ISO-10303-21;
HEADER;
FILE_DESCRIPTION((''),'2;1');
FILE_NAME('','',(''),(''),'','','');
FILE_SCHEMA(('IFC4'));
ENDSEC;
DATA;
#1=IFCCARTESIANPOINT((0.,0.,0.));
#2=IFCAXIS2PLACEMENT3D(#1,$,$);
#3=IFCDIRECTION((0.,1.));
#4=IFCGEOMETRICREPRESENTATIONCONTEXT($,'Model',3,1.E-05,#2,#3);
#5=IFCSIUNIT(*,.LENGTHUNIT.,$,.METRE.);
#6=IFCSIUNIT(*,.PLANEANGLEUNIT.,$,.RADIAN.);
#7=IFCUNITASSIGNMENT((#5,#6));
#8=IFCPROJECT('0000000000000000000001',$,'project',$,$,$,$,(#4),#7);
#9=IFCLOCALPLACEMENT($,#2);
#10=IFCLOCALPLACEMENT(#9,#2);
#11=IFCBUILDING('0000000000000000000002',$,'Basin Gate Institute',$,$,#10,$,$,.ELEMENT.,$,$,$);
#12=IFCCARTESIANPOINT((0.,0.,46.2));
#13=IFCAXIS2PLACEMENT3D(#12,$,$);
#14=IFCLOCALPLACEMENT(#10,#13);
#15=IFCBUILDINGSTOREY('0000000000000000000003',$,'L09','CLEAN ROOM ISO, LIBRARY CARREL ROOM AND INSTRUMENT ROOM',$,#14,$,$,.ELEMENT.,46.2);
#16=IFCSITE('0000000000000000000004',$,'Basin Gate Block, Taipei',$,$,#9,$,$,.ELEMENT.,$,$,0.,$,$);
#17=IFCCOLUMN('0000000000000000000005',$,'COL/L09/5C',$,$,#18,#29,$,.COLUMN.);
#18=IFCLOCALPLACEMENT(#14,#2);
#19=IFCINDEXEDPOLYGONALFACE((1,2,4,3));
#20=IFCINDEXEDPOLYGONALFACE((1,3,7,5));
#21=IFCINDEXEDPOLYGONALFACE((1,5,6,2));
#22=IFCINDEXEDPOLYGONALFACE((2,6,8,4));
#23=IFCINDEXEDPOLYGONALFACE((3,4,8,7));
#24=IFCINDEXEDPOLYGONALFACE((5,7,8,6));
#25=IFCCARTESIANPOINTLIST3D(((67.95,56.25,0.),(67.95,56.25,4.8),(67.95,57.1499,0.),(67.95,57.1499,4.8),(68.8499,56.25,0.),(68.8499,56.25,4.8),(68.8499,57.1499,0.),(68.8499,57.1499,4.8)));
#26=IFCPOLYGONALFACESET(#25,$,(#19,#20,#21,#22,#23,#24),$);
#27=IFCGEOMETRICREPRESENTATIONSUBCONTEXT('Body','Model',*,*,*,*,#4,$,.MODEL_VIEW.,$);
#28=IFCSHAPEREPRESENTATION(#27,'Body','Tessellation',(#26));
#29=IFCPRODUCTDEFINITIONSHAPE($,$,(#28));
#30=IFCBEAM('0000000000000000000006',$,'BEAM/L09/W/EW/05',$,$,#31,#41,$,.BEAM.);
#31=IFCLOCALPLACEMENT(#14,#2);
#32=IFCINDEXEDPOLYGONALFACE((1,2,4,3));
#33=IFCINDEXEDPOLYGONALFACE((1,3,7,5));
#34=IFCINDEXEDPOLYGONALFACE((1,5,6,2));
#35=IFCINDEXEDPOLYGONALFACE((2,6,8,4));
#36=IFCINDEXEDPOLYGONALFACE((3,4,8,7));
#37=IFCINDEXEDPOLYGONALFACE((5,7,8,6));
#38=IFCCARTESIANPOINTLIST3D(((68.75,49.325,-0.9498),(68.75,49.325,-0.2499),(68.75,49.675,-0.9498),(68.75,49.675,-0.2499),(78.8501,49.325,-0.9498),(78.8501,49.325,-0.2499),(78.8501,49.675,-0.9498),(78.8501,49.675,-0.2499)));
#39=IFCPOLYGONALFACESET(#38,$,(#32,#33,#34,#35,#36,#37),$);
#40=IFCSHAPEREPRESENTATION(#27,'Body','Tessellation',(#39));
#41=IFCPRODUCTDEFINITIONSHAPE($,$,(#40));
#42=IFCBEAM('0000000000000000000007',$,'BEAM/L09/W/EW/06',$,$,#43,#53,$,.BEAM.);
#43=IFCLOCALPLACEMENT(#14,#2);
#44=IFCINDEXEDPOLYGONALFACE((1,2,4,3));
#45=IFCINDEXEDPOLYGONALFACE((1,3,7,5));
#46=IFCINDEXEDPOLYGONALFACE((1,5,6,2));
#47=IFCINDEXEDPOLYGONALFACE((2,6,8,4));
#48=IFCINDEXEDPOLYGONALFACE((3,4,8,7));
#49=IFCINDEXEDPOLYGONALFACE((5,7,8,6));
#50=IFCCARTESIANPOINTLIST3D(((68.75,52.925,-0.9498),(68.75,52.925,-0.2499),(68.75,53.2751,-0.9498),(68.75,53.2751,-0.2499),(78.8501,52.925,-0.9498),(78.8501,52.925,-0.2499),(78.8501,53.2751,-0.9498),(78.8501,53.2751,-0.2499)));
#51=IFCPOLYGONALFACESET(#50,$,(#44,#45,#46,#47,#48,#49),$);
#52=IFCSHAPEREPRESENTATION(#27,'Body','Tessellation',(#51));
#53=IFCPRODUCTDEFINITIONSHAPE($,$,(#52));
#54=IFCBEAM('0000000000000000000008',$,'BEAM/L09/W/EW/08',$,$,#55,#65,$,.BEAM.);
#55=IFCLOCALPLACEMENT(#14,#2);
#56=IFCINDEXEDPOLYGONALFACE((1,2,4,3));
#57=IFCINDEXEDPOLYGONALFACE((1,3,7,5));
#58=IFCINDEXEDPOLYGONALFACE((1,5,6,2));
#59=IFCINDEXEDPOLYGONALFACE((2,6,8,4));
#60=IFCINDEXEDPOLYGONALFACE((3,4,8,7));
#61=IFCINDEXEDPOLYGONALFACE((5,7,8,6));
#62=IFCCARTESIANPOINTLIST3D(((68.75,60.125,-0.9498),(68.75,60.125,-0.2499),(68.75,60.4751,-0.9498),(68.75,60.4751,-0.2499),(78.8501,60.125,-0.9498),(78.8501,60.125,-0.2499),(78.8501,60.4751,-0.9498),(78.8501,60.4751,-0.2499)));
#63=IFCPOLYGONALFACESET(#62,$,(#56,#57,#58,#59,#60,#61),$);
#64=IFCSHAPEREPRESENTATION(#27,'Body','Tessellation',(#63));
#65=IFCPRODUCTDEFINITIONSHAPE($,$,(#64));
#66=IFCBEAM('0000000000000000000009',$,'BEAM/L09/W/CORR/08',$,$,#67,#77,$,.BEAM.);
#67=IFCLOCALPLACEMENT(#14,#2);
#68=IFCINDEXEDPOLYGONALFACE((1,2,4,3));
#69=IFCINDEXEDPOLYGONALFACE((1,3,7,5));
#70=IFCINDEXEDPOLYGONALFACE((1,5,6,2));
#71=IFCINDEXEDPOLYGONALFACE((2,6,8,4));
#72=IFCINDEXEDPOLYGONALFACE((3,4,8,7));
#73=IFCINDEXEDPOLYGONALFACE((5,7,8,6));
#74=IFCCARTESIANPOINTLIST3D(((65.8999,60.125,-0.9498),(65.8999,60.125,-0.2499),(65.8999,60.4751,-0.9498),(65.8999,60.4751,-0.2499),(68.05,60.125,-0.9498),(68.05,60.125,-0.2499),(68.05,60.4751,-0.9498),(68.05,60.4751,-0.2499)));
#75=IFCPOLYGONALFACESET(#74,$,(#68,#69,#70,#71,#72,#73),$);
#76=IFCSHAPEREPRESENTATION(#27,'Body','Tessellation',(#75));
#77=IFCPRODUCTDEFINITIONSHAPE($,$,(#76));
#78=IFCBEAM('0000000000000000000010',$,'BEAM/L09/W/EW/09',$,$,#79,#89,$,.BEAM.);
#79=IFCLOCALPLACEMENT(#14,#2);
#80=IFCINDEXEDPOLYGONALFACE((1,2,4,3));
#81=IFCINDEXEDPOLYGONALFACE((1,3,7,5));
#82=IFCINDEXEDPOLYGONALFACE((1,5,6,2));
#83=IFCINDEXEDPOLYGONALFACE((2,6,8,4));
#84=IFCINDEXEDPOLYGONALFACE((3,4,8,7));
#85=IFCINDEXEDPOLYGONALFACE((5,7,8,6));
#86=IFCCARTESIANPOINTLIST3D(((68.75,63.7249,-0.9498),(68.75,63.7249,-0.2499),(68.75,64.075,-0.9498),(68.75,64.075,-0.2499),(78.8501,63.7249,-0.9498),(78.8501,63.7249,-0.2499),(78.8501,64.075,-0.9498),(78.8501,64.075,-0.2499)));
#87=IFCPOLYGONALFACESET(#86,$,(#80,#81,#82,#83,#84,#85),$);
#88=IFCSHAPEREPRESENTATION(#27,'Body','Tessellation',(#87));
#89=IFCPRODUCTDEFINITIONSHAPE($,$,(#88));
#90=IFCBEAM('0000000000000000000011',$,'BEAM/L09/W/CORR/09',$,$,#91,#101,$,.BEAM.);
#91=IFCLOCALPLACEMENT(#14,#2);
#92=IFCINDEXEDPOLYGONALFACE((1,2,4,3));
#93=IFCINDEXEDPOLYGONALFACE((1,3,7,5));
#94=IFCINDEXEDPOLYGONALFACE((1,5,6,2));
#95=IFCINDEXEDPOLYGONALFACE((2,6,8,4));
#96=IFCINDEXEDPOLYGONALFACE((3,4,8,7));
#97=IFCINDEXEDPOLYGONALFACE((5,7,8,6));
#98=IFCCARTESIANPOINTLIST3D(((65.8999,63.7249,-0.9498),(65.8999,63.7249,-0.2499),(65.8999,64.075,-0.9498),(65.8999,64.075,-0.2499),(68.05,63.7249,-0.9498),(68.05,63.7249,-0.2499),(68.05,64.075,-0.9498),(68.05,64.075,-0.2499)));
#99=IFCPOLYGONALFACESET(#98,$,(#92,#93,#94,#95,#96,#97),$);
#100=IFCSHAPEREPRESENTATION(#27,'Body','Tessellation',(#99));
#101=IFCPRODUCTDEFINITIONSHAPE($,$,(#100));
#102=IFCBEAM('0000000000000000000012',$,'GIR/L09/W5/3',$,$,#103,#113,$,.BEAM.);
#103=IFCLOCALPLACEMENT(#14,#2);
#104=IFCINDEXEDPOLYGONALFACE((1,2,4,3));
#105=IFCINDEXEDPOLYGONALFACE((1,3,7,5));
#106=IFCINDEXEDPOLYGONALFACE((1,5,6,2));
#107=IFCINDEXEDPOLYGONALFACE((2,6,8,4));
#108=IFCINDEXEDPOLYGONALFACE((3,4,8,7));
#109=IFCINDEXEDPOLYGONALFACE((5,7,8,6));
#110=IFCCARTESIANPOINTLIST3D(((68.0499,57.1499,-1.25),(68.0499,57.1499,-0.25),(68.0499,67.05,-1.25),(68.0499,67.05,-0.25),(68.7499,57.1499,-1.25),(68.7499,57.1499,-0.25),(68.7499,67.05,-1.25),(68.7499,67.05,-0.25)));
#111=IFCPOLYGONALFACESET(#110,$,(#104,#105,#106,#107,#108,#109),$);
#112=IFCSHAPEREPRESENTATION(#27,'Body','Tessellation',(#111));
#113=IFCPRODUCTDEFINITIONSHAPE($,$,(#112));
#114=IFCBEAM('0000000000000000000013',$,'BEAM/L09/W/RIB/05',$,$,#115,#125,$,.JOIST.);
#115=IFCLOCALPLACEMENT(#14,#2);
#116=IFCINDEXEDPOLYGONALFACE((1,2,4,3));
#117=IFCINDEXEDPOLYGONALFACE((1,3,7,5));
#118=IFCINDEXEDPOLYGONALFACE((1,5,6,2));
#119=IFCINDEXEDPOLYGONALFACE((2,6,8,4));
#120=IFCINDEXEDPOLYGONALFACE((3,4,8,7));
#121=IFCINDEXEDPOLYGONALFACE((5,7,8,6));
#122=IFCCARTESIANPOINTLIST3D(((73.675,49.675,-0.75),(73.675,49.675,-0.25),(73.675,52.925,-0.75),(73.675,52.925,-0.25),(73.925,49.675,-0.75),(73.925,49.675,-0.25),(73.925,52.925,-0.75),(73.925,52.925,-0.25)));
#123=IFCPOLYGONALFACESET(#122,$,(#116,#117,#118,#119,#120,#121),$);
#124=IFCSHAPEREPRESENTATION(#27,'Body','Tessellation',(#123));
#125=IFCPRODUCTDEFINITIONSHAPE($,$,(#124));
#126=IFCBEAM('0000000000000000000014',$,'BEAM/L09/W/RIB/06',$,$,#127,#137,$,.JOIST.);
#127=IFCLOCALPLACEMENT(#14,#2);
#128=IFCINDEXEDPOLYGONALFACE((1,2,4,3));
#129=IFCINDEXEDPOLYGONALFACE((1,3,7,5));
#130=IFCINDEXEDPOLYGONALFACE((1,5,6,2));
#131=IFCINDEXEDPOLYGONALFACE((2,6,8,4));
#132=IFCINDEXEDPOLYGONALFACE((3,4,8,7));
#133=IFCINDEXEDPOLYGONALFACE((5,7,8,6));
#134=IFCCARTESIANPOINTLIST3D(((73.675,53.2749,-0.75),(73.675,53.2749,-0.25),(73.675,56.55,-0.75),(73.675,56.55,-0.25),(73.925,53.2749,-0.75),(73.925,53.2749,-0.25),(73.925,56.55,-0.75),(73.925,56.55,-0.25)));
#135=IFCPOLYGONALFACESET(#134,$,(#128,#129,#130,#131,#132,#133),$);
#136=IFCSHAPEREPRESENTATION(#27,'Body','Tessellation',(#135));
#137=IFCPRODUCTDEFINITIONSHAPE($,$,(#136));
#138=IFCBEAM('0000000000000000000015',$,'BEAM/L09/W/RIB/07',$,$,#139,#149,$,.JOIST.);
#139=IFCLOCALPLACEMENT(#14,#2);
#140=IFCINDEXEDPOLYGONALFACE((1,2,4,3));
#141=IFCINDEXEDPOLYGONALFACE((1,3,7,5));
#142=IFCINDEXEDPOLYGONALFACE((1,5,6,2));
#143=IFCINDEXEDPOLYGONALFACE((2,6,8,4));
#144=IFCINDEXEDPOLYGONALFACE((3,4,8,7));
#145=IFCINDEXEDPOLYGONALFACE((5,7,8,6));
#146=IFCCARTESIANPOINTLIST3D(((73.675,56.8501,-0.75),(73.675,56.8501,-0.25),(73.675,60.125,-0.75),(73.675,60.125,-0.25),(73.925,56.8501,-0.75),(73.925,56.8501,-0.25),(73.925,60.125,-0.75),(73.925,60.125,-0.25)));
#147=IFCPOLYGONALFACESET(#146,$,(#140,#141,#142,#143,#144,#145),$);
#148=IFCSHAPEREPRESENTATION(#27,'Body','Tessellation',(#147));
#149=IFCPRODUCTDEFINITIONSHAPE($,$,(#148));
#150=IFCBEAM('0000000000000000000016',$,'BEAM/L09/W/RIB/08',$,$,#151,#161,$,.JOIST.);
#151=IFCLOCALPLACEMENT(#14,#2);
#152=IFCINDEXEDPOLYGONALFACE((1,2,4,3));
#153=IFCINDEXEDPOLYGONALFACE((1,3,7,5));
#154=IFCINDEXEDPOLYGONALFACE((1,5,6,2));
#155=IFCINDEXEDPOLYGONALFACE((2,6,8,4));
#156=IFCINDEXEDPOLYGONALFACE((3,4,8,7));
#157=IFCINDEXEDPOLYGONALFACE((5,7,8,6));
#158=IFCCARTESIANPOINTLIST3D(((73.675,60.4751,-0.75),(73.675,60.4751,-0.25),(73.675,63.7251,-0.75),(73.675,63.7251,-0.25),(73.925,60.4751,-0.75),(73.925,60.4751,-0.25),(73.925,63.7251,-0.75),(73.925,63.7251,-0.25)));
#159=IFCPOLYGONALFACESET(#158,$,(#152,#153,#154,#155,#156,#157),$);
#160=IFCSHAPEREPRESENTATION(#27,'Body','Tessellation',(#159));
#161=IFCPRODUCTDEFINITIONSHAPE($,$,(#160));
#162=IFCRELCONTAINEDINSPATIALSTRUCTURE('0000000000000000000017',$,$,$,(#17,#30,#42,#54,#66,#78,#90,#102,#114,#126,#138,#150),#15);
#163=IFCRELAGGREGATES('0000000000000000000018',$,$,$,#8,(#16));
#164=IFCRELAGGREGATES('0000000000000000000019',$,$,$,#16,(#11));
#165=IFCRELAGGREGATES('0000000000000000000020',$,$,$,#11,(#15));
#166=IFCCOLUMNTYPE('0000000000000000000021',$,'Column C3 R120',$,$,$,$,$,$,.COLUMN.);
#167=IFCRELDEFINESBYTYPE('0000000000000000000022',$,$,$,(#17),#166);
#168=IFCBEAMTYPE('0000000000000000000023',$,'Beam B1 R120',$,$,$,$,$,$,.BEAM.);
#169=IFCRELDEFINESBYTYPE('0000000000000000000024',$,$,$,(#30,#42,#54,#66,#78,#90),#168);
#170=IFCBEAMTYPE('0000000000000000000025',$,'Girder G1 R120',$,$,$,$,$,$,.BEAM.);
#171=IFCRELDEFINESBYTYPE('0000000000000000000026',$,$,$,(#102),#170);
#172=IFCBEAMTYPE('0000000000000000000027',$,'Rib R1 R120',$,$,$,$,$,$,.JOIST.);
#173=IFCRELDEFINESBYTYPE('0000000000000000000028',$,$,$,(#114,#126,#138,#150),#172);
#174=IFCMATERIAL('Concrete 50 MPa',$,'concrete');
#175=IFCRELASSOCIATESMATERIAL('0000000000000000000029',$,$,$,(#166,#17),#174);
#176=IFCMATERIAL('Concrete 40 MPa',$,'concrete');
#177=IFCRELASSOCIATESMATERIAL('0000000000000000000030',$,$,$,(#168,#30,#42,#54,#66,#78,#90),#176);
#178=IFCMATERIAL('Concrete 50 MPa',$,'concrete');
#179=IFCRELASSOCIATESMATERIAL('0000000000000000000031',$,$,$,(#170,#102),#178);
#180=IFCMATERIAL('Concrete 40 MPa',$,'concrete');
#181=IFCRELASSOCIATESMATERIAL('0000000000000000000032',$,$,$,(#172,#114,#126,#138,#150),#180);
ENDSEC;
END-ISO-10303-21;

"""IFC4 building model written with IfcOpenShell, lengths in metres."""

from ifc_helpers import new_model, si_unit, direction, frame, origin, origin_2d, place, context, subcontext, project, spatial, rectangle, extrude, material, material_profile, profile_set, type_object, element, save


model = new_model("IFC4")

# Units and contexts
model_context = context("Model", 3, precision=1e-05, world=origin(), true_north=direction((0.0, 1.0)))
body_context = subcontext(model_context, "Body", "Model", "MODEL_VIEW")
ifc_project = project(units=[si_unit("LENGTHUNIT", "METRE"), si_unit("PLANEANGLEUNIT", "RADIAN")], contexts=[model_context])

# Site, building, storey
site_placement = place(None, origin())
site = spatial("IfcSite", under=ifc_project, at=site_placement, Name="Basin Gate Block, Taipei", CompositionType="ELEMENT", RefElevation=0.0)
building_placement = place(site_placement, origin())
building = spatial("IfcBuilding", under=site, at=building_placement, Name="Basin Gate Institute", CompositionType="ELEMENT")
storey_placement = place(building_placement, frame((0.0, 0.0, 46.2)))
storey = spatial("IfcBuildingStorey", under=building, at=storey_placement, Name="L09", Description="CLEAN ROOM ISO, LIBRARY CARREL ROOM AND INSTRUMENT ROOM", CompositionType="ELEMENT", Elevation=46.2)

# Column
ifc_material_1 = material(Name="Concrete 50 MPa", Category="concrete")
ifc_material_profile_1 = material_profile(ifc_material_1, rectangle(XDim=0.8999, YDim=0.8999, at=origin_2d()), Name="Column C3 900 x 900")
ifc_profile_set_1 = profile_set([ifc_material_profile_1], Name="Concrete 50 MPa")
column_type = type_object("IfcColumnType", Name="Column C3 R120", PredefinedType="COLUMN", material=ifc_profile_set_1)
column_placement = place(storey_placement, frame((68.3999, 56.7, 0.0), z_axis=(0.0, 0.0, 1.0), x_axis=(1.0, 0.0, 0.0)))
element("IfcColumn", 1, at=column_placement, inside=storey, type_object=column_type, material=ifc_profile_set_1, Name="COL/L09/5C", PredefinedType="COLUMN", context=body_context, shape_type="SweptSolid", body=[
    extrude(rectangle(XDim=0.8999, YDim=0.8999, at=origin_2d()), origin(), (0.0, 0.0, 1.0), 4.8),
])

# Beams
ifc_material_2 = material(Name="Concrete 40 MPa", Category="concrete")
ifc_material_profile_2 = material_profile(ifc_material_2, rectangle(XDim=0.3501, YDim=0.7, at=origin_2d()), Name="Beam B1 350 x 700")
ifc_profile_set_2 = profile_set([ifc_material_profile_2], Name="Concrete 40 MPa")
beam_type_1 = type_object("IfcBeamType", Name="Beam B1 R120", PredefinedType="BEAM", material=ifc_profile_set_2)
for number, where, z_axis, x_axis, name in (
    (2, (68.75, 49.5, -0.5999), (1.0, 0.0, 0.0), (0.0, 1.0, 0.0), "BEAM/L09/W/EW/05"),
    (3, (68.75, 53.1001, -0.5999), (1.0, 0.0, 0.0), (0.0, 1.0, 0.0), "BEAM/L09/W/EW/06"),
    (4, (68.75, 60.3, -0.5999), (1.0, 0.0, 0.0), (0.0, 1.0, 0.0), "BEAM/L09/W/EW/08"),
):
    element("IfcBeam", number, at=place(storey_placement, frame(where, z_axis=z_axis, x_axis=x_axis)), inside=storey, type_object=beam_type_1, material=ifc_profile_set_2, Name=name, PredefinedType="BEAM", context=body_context, shape_type="SweptSolid", body=[
        extrude(rectangle(XDim=0.3501, YDim=0.7, at=origin_2d()), origin(), (0.0, 0.0, 1.0), 10.1001),
    ])
beam_1_placement = place(storey_placement, frame((65.8999, 60.3, -0.5999), z_axis=(1.0, 0.0, 0.0), x_axis=(0.0, 1.0, 0.0)))
element("IfcBeam", 5, at=beam_1_placement, inside=storey, type_object=beam_type_1, material=ifc_profile_set_2, Name="BEAM/L09/W/CORR/08", PredefinedType="BEAM", context=body_context, shape_type="SweptSolid", body=[
    extrude(rectangle(XDim=0.3501, YDim=0.7, at=origin_2d()), origin(), (0.0, 0.0, 1.0), 2.1501),
])
beam_2_placement = place(storey_placement, frame((68.75, 63.8999, -0.5999), z_axis=(1.0, 0.0, 0.0), x_axis=(0.0, 1.0, 0.0)))
element("IfcBeam", 6, at=beam_2_placement, inside=storey, type_object=beam_type_1, material=ifc_profile_set_2, Name="BEAM/L09/W/EW/09", PredefinedType="BEAM", context=body_context, shape_type="SweptSolid", body=[
    extrude(rectangle(XDim=0.3501, YDim=0.7, at=origin_2d()), origin(), (0.0, 0.0, 1.0), 10.1001),
])
beam_3_placement = place(storey_placement, frame((65.8999, 63.8999, -0.5999), z_axis=(1.0, 0.0, 0.0), x_axis=(0.0, 1.0, 0.0)))
element("IfcBeam", 7, at=beam_3_placement, inside=storey, type_object=beam_type_1, material=ifc_profile_set_2, Name="BEAM/L09/W/CORR/09", PredefinedType="BEAM", context=body_context, shape_type="SweptSolid", body=[
    extrude(rectangle(XDim=0.3501, YDim=0.7, at=origin_2d()), origin(), (0.0, 0.0, 1.0), 2.1501),
])
ifc_material_3 = material(Name="Concrete 50 MPa", Category="concrete")
ifc_material_profile_3 = material_profile(ifc_material_3, rectangle(XDim=0.7, YDim=1.0, at=origin_2d()), Name="Girder G1 700 x 1000")
ifc_profile_set_3 = profile_set([ifc_material_profile_3], Name="Concrete 50 MPa")
beam_type_2 = type_object("IfcBeamType", Name="Girder G1 R120", PredefinedType="BEAM", material=ifc_profile_set_3)
beam_4_placement = place(storey_placement, frame((68.3999, 57.1499, -0.75), z_axis=(0.0, 1.0, 0.0), x_axis=(-1.0, 0.0, 0.0)))
element("IfcBeam", 8, at=beam_4_placement, inside=storey, type_object=beam_type_2, material=ifc_profile_set_3, Name="GIR/L09/W5/3", PredefinedType="BEAM", context=body_context, shape_type="SweptSolid", body=[
    extrude(rectangle(XDim=0.7, YDim=1.0, at=origin_2d()), origin(), (0.0, 0.0, 1.0), 9.9001),
])
ifc_material_4 = material(Name="Concrete 40 MPa", Category="concrete")
ifc_material_profile_4 = material_profile(ifc_material_4, rectangle(XDim=0.25, YDim=0.5, at=origin_2d()), Name="Rib R1 250 x 500")
ifc_profile_set_4 = profile_set([ifc_material_profile_4], Name="Concrete 40 MPa")
beam_type_3 = type_object("IfcBeamType", Name="Rib R1 R120", PredefinedType="JOIST", material=ifc_profile_set_4)
beam_5_placement = place(storey_placement, frame((73.8, 49.675, -0.5), z_axis=(0.0, 1.0, 0.0), x_axis=(-1.0, 0.0, 0.0)))
element("IfcBeam", 9, at=beam_5_placement, inside=storey, type_object=beam_type_3, material=ifc_profile_set_4, Name="BEAM/L09/W/RIB/05", PredefinedType="JOIST", context=body_context, shape_type="SweptSolid", body=[
    extrude(rectangle(XDim=0.25, YDim=0.5, at=origin_2d()), origin(), (0.0, 0.0, 1.0), 3.25),
])
beam_6_placement = place(storey_placement, frame((73.8, 53.2749, -0.5), z_axis=(0.0, 1.0, 0.0), x_axis=(-1.0, 0.0, 0.0)))
element("IfcBeam", 10, at=beam_6_placement, inside=storey, type_object=beam_type_3, material=ifc_profile_set_4, Name="BEAM/L09/W/RIB/06", PredefinedType="JOIST", context=body_context, shape_type="SweptSolid", body=[
    extrude(rectangle(XDim=0.25, YDim=0.5, at=origin_2d()), origin(), (0.0, 0.0, 1.0), 3.2751),
])
beam_7_placement = place(storey_placement, frame((73.8, 56.8501, -0.5), z_axis=(0.0, 1.0, 0.0), x_axis=(-1.0, 0.0, 0.0)))
element("IfcBeam", 11, at=beam_7_placement, inside=storey, type_object=beam_type_3, material=ifc_profile_set_4, Name="BEAM/L09/W/RIB/07", PredefinedType="JOIST", context=body_context, shape_type="SweptSolid", body=[
    extrude(rectangle(XDim=0.25, YDim=0.5, at=origin_2d()), origin(), (0.0, 0.0, 1.0), 3.2749),
])
beam_8_placement = place(storey_placement, frame((73.8, 60.4751, -0.5), z_axis=(0.0, 1.0, 0.0), x_axis=(-1.0, 0.0, 0.0)))
element("IfcBeam", 12, at=beam_8_placement, inside=storey, type_object=beam_type_3, material=ifc_profile_set_4, Name="BEAM/L09/W/RIB/08", PredefinedType="JOIST", context=body_context, shape_type="SweptSolid", body=[
    extrude(rectangle(XDim=0.25, YDim=0.5, at=origin_2d()), origin(), (0.0, 0.0, 1.0), 3.25),
])

save(model, "model.ifc")
